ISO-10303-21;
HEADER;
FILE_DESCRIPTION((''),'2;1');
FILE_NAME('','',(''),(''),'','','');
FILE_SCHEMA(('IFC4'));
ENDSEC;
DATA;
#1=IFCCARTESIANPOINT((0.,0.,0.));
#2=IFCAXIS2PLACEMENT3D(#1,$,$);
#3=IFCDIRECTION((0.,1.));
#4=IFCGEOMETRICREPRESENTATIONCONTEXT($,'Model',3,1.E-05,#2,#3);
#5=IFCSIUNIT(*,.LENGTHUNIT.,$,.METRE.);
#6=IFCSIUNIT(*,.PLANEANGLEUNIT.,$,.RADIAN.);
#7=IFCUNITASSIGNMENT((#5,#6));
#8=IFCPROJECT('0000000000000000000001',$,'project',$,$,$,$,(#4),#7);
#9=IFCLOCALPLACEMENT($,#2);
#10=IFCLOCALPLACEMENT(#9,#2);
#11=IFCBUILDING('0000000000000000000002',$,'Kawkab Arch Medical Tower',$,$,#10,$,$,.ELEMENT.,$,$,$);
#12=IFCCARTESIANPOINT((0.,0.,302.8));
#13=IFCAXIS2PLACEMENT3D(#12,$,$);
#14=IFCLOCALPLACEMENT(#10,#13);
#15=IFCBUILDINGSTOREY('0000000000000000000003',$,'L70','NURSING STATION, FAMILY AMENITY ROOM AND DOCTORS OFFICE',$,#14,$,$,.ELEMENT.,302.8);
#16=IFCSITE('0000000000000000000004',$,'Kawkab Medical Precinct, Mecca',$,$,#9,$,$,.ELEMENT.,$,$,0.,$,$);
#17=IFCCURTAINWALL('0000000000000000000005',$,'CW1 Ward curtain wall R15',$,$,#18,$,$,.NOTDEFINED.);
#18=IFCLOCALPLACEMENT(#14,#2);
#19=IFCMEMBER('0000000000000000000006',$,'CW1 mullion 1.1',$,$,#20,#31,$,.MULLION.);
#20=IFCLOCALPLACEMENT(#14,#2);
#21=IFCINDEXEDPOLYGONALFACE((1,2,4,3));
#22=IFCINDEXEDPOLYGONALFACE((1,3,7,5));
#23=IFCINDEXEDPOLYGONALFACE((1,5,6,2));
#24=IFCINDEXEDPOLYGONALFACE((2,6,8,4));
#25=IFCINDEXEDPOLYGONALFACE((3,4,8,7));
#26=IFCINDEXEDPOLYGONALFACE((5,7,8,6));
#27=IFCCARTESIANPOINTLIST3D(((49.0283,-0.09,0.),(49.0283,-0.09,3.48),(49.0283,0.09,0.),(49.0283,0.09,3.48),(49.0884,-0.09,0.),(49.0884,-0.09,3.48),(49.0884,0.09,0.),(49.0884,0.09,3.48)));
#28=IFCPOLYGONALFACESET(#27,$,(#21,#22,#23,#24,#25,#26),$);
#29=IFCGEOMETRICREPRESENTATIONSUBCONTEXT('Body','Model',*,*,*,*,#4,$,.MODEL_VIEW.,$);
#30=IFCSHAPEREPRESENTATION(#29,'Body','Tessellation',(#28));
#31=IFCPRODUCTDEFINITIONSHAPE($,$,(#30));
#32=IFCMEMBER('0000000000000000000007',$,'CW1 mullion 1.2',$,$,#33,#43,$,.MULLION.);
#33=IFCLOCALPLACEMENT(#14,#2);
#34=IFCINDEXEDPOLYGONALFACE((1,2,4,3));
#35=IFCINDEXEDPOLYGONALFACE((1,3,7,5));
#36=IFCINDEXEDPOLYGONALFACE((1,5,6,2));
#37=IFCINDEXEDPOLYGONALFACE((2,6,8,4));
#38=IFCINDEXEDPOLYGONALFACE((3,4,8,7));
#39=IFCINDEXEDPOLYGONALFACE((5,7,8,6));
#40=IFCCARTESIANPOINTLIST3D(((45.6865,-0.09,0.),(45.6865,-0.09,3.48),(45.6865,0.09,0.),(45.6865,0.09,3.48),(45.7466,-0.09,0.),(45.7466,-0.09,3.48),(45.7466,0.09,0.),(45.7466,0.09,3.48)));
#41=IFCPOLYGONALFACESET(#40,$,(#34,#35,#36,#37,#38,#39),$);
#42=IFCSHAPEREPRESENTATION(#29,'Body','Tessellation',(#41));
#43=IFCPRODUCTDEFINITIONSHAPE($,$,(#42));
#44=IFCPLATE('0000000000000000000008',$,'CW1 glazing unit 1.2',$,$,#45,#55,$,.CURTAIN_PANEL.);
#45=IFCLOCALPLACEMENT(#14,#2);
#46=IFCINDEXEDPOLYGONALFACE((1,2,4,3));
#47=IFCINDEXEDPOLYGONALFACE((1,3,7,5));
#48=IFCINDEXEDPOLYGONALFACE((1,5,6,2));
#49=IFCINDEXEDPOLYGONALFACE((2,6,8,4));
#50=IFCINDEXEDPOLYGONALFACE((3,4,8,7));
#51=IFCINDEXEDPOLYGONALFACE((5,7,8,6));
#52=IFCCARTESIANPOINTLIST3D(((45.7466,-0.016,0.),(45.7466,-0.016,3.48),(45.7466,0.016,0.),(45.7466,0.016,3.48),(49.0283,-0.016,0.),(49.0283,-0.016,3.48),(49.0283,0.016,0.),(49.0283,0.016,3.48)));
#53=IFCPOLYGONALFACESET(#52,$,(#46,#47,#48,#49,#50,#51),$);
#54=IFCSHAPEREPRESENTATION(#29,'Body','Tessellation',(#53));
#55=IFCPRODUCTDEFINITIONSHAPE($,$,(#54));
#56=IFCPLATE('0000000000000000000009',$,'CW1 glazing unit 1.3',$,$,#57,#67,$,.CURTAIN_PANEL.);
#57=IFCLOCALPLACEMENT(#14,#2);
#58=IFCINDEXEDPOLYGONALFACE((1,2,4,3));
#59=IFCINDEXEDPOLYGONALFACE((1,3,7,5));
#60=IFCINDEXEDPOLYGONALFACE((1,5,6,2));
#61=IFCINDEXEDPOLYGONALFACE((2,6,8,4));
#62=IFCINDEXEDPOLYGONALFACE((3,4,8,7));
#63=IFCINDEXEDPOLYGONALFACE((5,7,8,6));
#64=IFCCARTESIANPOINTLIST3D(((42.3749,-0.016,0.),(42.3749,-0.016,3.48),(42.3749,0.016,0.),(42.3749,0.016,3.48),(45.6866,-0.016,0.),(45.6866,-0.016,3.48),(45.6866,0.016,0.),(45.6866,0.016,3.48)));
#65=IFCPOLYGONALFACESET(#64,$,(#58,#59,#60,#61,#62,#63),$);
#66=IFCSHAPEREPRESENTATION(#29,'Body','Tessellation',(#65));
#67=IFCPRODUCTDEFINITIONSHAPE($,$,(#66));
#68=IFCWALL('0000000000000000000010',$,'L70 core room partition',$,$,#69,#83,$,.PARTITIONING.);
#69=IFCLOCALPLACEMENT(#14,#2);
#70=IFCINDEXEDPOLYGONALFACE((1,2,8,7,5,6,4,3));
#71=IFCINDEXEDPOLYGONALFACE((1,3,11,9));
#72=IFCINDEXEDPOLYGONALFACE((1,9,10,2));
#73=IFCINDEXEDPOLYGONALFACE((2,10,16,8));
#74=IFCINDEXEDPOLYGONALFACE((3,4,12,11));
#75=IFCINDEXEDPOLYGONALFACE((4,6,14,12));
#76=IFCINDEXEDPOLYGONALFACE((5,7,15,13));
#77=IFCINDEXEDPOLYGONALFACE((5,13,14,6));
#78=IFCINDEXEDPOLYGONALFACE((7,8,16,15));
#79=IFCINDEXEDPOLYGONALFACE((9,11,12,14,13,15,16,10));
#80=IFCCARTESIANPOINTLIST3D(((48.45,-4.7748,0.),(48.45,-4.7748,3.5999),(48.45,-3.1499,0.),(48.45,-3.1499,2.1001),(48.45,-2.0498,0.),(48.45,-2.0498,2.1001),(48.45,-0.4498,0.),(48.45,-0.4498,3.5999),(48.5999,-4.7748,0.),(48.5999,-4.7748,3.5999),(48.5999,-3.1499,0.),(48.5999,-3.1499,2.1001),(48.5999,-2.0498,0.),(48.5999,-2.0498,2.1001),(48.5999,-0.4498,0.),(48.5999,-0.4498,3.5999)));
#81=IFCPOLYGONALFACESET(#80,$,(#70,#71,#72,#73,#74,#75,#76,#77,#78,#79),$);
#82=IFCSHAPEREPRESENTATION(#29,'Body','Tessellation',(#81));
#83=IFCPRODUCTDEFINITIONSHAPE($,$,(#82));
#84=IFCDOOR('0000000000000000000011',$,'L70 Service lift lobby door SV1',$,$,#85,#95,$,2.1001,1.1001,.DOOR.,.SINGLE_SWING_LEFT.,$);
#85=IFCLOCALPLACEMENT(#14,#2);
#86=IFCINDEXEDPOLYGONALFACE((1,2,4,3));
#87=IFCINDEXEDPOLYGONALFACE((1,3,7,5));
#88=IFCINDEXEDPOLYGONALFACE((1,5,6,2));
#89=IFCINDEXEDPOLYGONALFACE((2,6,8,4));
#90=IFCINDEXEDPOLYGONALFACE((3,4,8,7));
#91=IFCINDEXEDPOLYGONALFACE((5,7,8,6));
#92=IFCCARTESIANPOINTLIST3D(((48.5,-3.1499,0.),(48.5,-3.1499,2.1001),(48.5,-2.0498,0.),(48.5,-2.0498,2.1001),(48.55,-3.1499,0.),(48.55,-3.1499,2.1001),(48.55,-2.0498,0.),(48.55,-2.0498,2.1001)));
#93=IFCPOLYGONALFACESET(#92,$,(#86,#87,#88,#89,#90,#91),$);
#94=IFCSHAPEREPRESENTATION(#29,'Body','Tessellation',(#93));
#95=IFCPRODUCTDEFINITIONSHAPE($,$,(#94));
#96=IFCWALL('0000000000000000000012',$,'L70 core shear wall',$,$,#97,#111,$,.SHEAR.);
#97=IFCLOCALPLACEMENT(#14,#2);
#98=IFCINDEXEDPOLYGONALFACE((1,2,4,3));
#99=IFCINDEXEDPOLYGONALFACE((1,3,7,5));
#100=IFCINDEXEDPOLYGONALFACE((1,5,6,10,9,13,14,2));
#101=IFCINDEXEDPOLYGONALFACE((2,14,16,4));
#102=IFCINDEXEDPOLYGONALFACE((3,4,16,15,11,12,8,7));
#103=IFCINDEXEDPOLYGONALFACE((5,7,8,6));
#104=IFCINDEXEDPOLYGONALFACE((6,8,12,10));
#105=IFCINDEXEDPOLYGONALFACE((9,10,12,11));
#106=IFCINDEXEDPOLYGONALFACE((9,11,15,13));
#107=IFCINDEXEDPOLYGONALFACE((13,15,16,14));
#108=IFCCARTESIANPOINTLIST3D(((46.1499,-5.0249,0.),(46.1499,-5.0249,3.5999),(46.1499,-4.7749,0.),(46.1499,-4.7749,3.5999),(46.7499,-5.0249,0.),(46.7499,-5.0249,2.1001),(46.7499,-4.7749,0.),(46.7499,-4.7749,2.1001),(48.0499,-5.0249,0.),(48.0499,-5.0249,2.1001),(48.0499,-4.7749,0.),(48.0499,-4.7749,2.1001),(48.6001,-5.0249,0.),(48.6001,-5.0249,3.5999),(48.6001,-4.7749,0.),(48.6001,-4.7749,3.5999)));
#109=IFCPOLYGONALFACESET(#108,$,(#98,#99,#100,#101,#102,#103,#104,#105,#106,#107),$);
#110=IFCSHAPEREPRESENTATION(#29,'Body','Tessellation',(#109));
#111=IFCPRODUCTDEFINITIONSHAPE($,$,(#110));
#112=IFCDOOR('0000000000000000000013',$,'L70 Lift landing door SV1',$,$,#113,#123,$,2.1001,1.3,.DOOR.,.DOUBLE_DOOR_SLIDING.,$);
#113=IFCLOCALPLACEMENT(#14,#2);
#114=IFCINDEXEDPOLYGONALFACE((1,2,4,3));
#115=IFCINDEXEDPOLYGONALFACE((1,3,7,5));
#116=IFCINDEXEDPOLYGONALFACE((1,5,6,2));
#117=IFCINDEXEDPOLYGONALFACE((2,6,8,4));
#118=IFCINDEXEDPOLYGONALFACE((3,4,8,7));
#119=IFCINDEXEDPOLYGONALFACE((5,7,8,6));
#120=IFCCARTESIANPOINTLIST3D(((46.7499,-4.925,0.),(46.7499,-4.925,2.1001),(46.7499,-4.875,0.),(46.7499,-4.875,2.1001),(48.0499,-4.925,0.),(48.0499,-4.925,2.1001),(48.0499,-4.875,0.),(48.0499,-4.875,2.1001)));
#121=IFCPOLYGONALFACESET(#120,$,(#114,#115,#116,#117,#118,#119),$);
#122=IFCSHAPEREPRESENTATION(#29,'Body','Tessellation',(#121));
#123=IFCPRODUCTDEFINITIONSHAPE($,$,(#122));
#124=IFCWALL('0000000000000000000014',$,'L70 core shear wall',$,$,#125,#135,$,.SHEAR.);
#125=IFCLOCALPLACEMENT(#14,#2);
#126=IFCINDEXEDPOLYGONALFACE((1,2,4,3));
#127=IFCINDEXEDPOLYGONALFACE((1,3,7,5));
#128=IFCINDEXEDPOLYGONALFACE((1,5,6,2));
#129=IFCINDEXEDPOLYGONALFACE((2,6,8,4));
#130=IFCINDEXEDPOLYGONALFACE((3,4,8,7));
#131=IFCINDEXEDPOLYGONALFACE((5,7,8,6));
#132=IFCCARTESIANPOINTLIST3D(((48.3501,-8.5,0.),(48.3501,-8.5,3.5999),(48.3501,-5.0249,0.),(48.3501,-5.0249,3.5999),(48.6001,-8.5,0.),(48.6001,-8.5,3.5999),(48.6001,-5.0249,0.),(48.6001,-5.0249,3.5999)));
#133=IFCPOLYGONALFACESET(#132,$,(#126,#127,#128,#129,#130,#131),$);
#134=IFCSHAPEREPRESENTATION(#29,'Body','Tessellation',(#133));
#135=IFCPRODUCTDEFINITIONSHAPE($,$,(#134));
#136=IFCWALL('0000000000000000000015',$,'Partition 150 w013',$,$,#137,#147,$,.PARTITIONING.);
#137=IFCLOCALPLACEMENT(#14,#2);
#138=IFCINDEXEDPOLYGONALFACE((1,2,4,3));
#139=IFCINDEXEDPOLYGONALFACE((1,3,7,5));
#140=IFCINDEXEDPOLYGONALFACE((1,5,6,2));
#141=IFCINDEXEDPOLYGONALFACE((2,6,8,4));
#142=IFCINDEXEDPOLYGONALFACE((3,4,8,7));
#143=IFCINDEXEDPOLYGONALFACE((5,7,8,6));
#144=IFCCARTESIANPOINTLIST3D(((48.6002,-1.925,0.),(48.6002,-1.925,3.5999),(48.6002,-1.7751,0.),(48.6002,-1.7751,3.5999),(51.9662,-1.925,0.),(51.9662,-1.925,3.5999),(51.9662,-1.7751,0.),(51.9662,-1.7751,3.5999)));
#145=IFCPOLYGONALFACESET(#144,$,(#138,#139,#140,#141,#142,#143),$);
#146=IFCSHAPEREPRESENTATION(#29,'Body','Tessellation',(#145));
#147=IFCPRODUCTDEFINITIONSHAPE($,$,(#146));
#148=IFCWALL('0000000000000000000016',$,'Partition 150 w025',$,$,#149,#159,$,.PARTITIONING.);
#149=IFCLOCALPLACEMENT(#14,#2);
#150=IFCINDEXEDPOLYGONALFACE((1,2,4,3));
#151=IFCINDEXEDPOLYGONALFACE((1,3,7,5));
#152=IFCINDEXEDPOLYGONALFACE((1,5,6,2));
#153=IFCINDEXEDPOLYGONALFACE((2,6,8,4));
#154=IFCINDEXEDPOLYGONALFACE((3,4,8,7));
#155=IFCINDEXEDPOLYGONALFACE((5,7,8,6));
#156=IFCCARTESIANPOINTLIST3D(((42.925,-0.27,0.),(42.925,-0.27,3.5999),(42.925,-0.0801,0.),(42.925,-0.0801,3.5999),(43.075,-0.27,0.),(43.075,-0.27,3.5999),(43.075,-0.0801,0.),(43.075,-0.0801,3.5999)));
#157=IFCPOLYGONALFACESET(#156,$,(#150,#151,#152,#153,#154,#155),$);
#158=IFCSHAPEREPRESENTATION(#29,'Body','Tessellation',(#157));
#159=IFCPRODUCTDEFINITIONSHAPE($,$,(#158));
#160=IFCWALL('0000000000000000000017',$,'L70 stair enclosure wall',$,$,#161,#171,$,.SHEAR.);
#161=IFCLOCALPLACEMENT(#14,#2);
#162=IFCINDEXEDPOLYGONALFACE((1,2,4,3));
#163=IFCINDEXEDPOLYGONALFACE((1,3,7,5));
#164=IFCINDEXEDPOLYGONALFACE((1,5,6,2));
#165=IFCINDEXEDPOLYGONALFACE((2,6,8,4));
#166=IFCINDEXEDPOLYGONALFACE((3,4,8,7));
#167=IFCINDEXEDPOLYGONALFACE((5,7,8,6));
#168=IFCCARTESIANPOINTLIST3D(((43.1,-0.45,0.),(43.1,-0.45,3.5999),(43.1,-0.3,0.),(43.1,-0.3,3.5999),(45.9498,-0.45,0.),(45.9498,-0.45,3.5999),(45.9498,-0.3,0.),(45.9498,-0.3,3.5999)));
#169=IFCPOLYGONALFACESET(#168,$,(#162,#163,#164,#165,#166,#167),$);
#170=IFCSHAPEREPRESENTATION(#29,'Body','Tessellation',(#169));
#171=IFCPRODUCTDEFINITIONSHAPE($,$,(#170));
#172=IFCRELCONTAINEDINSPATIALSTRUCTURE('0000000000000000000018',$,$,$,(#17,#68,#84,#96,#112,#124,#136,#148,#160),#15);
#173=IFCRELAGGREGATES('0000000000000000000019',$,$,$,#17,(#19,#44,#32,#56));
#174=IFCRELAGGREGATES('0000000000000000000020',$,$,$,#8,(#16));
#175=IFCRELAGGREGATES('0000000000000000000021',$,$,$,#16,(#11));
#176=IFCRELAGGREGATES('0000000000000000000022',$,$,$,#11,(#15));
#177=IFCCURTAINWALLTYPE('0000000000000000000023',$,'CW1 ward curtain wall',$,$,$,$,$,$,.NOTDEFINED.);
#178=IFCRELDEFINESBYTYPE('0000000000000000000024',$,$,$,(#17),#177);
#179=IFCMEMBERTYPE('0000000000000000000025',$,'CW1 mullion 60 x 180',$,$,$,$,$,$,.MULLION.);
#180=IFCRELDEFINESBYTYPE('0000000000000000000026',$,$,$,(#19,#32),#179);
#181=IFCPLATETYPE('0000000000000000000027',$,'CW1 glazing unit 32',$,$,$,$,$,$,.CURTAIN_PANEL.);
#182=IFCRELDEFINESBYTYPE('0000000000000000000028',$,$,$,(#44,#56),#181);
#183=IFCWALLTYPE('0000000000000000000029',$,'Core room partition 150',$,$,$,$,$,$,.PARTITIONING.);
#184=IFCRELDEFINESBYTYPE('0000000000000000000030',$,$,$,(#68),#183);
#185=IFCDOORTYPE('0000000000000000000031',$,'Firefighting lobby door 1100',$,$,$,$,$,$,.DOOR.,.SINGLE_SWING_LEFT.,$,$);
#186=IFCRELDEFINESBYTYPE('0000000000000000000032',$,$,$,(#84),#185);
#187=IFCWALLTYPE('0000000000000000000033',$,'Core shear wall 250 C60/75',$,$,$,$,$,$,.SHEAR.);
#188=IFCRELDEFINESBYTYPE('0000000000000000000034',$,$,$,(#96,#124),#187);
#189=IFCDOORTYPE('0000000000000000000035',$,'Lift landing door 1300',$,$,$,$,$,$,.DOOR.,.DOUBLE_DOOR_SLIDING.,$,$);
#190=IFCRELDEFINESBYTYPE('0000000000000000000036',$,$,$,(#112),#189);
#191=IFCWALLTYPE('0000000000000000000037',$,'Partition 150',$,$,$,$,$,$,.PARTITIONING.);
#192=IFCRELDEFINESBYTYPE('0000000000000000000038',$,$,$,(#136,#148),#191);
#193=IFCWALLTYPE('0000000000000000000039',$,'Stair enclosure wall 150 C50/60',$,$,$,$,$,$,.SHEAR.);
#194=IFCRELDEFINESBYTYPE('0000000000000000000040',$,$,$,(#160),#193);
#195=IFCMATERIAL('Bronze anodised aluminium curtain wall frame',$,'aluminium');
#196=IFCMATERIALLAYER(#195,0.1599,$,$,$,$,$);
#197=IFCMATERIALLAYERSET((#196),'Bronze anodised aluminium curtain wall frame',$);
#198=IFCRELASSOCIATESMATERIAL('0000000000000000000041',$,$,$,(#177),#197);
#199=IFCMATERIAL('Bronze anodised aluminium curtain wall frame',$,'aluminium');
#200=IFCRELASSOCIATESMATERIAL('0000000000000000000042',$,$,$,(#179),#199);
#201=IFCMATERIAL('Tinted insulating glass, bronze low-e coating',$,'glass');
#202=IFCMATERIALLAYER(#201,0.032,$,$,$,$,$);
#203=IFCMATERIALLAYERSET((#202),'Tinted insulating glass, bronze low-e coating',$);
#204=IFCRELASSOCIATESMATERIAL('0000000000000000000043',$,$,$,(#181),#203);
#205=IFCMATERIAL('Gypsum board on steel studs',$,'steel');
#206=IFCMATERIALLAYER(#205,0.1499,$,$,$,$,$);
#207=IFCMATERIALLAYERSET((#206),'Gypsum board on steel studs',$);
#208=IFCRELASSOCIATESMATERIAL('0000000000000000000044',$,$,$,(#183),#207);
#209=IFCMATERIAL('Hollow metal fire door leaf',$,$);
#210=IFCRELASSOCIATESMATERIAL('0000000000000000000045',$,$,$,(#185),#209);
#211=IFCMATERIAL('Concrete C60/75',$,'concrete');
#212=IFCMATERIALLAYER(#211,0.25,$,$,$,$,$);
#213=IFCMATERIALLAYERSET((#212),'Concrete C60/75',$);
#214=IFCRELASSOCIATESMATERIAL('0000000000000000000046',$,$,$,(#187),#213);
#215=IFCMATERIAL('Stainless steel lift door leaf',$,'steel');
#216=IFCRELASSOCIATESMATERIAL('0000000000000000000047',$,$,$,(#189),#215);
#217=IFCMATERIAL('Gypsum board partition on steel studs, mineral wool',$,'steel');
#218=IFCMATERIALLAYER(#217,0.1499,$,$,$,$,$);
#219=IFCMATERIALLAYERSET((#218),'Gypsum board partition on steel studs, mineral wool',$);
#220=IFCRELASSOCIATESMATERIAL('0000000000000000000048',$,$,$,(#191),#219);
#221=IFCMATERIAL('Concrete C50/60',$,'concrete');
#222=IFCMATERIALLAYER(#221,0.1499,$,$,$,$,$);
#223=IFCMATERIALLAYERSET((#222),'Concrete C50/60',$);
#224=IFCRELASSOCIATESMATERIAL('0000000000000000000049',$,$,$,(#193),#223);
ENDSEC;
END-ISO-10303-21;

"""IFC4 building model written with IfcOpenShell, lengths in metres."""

from ifc_helpers import new_model, si_unit, direction, frame, frame_2d, origin, origin_2d, place, context, subcontext, project, spatial, rectangle, extrude, material, layer, layer_set, material_profile, profile_set, type_object, element, fill, aggregate, save


model = new_model("IFC4")

# Units and contexts
model_context = context("Model", 3, precision=1e-05, world=origin(), true_north=direction((0.0, 1.0)))
body_context = subcontext(model_context, "Body", "Model", "MODEL_VIEW")
ifc_project = project(units=[si_unit("LENGTHUNIT", "METRE"), si_unit("PLANEANGLEUNIT", "RADIAN")], contexts=[model_context])

# Site, building, storey
site_placement = place(None, origin())
site = spatial("IfcSite", under=ifc_project, at=site_placement, Name="Kawkab Medical Precinct, Mecca", CompositionType="ELEMENT", RefElevation=0.0)
building_placement = place(site_placement, origin())
building = spatial("IfcBuilding", under=site, at=building_placement, Name="Kawkab Arch Medical Tower", CompositionType="ELEMENT")
storey_placement = place(building_placement, frame((0.0, 0.0, 302.8)))
storey = spatial("IfcBuildingStorey", under=building, at=storey_placement, Name="L70", Description="NURSING STATION, FAMILY AMENITY ROOM AND DOCTORS OFFICE", CompositionType="ELEMENT", Elevation=302.8)

# Curtain wall, members, plates
ifc_material_1 = material(Name="Bronze anodised aluminium curtain wall frame", Category="aluminium")
ifc_layer_1 = layer(ifc_material_1, 0.1599)
ifc_layer_set_1 = layer_set([ifc_layer_1], Name="Bronze anodised aluminium curtain wall frame")
curtain_wall_type = type_object("IfcCurtainWallType", Name="CW1 ward curtain wall", PredefinedType="NOTDEFINED", material=ifc_layer_set_1)
placement = place(storey_placement, origin())
curtain_wall = element("IfcCurtainWall", 1, at=placement, inside=storey, type_object=curtain_wall_type, Name="CW1 Ward curtain wall R15", PredefinedType="NOTDEFINED")
ifc_material_2 = material(Name="Bronze anodised aluminium curtain wall frame", Category="aluminium")
ifc_material_profile_1 = material_profile(ifc_material_2, rectangle(XDim=0.1799, YDim=0.0601, at=origin_2d()), Name="AL 60x180")
ifc_profile_set_1 = profile_set([ifc_material_profile_1], Name="Bronze anodised aluminium curtain wall frame")
member_type = type_object("IfcMemberType", Name="CW1 mullion 60 x 180", PredefinedType="MULLION", material=ifc_profile_set_1)
member_1_placement = place(storey_placement, frame((49.0583, 0.0, 0.0), z_axis=(0.0, 0.0, 1.0), x_axis=(0.0, -1.0, 0.0)))
member_1 = element("IfcMember", 2, at=member_1_placement, type_object=member_type, Name="CW1 mullion 1.1", PredefinedType="MULLION", context=body_context, shape_type="SweptSolid", body=[
    extrude(rectangle(XDim=0.1799, YDim=0.0601, at=origin_2d()), origin(), (0.0, 0.0, 1.0), 3.48),
])
member_2_placement = place(storey_placement, frame((45.7166, 0.0, 0.0), z_axis=(0.0, 0.0, 1.0), x_axis=(0.0, -1.0, 0.0)))
member_2 = element("IfcMember", 3, at=member_2_placement, type_object=member_type, Name="CW1 mullion 1.2", PredefinedType="MULLION", context=body_context, shape_type="SweptSolid", body=[
    extrude(rectangle(XDim=0.1799, YDim=0.0601, at=origin_2d()), origin(), (0.0, 0.0, 1.0), 3.48),
])
ifc_material_3 = material(Name="Tinted insulating glass, bronze low-e coating", Category="glass")
ifc_layer_2 = layer(ifc_material_3, 0.032)
ifc_layer_set_2 = layer_set([ifc_layer_2], Name="Tinted insulating glass, bronze low-e coating")
plate_type = type_object("IfcPlateType", Name="CW1 glazing unit 32", PredefinedType="CURTAIN_PANEL", material=ifc_layer_set_2)
plate_1_placement = place(storey_placement, frame((47.3875, 0.0, 0.0), z_axis=(0.0, 0.0, 1.0), x_axis=(-1.0, 0.0, 0.0)))
plate_1 = element("IfcPlate", 4, at=plate_1_placement, type_object=plate_type, Name="CW1 glazing unit 1.2", PredefinedType="CURTAIN_PANEL", context=body_context, shape_type="SweptSolid", body=[
    extrude(rectangle(XDim=3.2817, YDim=0.032, at=origin_2d()), origin(), (0.0, 0.0, 1.0), 3.48),
])
plate_2_placement = place(storey_placement, frame((44.0308, 0.0, 0.0), z_axis=(0.0, 0.0, 1.0), x_axis=(-1.0, 0.0, 0.0)))
plate_2 = element("IfcPlate", 5, at=plate_2_placement, type_object=plate_type, Name="CW1 glazing unit 1.3", PredefinedType="CURTAIN_PANEL", context=body_context, shape_type="SweptSolid", body=[
    extrude(rectangle(XDim=3.3118, YDim=0.032, at=origin_2d()), origin(), (0.0, 0.0, 1.0), 3.48),
])
aggregate(curtain_wall, [member_1, plate_1, member_2, plate_2])

# Walls, openings, doors
ifc_material_4 = material(Name="Gypsum board on steel studs", Category="steel")
ifc_layer_3 = layer(ifc_material_4, 0.1499)
ifc_layer_set_3 = layer_set([ifc_layer_3], Name="Gypsum board on steel studs")
wall_type_1 = type_object("IfcWallType", Name="Core room partition 150", PredefinedType="PARTITIONING", material=ifc_layer_set_3)
wall_1_placement = place(storey_placement, frame((48.5249, -4.7749, 0.0), z_axis=(0.0, 0.0, 1.0), x_axis=(0.0, 1.0, 0.0)))
wall_1 = element("IfcWall", 6, at=wall_1_placement, inside=storey, type_object=wall_type_1, Name="L70 core room partition", PredefinedType="PARTITIONING", context=body_context, shape_type="SweptSolid", body=[
    extrude(rectangle(XDim=4.325, YDim=0.1499, at=frame_2d((2.1626, 0.0))), origin(), (0.0, 0.0, 1.0), 3.5999),
])
opening_1_placement = place(wall_1_placement, frame((1.625, 0.0, 0.0)))
opening_1 = element("IfcOpeningElement", 7, at=opening_1_placement, cuts=wall_1, PredefinedType="OPENING", context=body_context, shape_type="SweptSolid", body=[
    extrude(rectangle(XDim=1.1001, YDim=2.1001, at=frame_2d((0.55, 1.05))), frame((0.0, 0.085, 0.0), z_axis=(0.0, -1.0, 0.0), x_axis=(1.0, 0.0, 0.0)), (0.0, 0.0, 1.0), 0.1699),
])
ifc_material_5 = material(Name="Hollow metal fire door leaf")
door_type_1 = type_object("IfcDoorType", Name="Firefighting lobby door 1100", OperationType="SINGLE_SWING_LEFT", PredefinedType="DOOR", material=ifc_material_5)
door_1_placement = place(opening_1_placement, origin())
door_1 = element("IfcDoor", 8, at=door_1_placement, inside=storey, type_object=door_type_1, Name="L70 Service lift lobby door SV1", OperationType="SINGLE_SWING_LEFT", OverallHeight=2.1001, OverallWidth=1.1001, PredefinedType="DOOR", context=body_context, shape_type="SweptSolid", body=[
    extrude(rectangle(XDim=1.1001, YDim=2.1001, at=frame_2d((0.55, 1.05))), frame((0.0, 0.0249, 0.0), z_axis=(0.0, -1.0, 0.0), x_axis=(1.0, 0.0, 0.0)), (0.0, 0.0, 1.0), 0.05),
])
fill(opening_1, door_1)
ifc_material_6 = material(Name="Concrete C60/75", Category="concrete")
ifc_layer_4 = layer(ifc_material_6, 0.25)
ifc_layer_set_4 = layer_set([ifc_layer_4], Name="Concrete C60/75")
wall_type_2 = type_object("IfcWallType", Name="Core shear wall 250 C60/75", PredefinedType="SHEAR", material=ifc_layer_set_4)
wall_2_placement = place(storey_placement, frame((46.1499, -4.8999, 0.0), z_axis=(0.0, 0.0, 1.0), x_axis=(1.0, 0.0, 0.0)))
wall_2 = element("IfcWall", 9, at=wall_2_placement, inside=storey, type_object=wall_type_2, Name="L70 core shear wall", PredefinedType="SHEAR", context=body_context, shape_type="SweptSolid", body=[
    extrude(rectangle(XDim=2.4502, YDim=0.25, at=frame_2d((1.2251, 0.0))), origin(), (0.0, 0.0, 1.0), 3.5999),
])
opening_2_placement = place(wall_2_placement, frame((0.6001, 0.0, 0.0)))
opening_2 = element("IfcOpeningElement", 10, at=opening_2_placement, cuts=wall_2, PredefinedType="OPENING", context=body_context, shape_type="SweptSolid", body=[
    extrude(rectangle(XDim=1.3, YDim=2.1001, at=frame_2d((0.6499, 1.05))), frame((0.0, 0.135, 0.0), z_axis=(0.0, -1.0, 0.0), x_axis=(1.0, 0.0, 0.0)), (0.0, 0.0, 1.0), 0.27),
])
ifc_material_7 = material(Name="Stainless steel lift door leaf", Category="steel")
door_type_2 = type_object("IfcDoorType", Name="Lift landing door 1300", OperationType="DOUBLE_DOOR_SLIDING", PredefinedType="DOOR", material=ifc_material_7)
door_2_placement = place(opening_2_placement, origin())
door_2 = element("IfcDoor", 11, at=door_2_placement, inside=storey, type_object=door_type_2, Name="L70 Lift landing door SV1", OperationType="DOUBLE_DOOR_SLIDING", OverallHeight=2.1001, OverallWidth=1.3, PredefinedType="DOOR", context=body_context, shape_type="SweptSolid", body=[
    extrude(rectangle(XDim=1.3, YDim=2.1001, at=frame_2d((0.6499, 1.05))), frame((0.0, 0.0249, 0.0), z_axis=(0.0, -1.0, 0.0), x_axis=(1.0, 0.0, 0.0)), (0.0, 0.0, 1.0), 0.05),
])
fill(opening_2, door_2)

# Walls
wall_3_placement = place(storey_placement, frame((48.4751, -8.5, 0.0), z_axis=(0.0, 0.0, 1.0), x_axis=(0.0, 1.0, 0.0)))
element("IfcWall", 12, at=wall_3_placement, inside=storey, type_object=wall_type_2, Name="L70 core shear wall", PredefinedType="SHEAR", context=body_context, shape_type="SweptSolid", body=[
    extrude(rectangle(XDim=3.4751, YDim=0.25, at=frame_2d((1.7375, 0.0))), origin(), (0.0, 0.0, 1.0), 3.5999),
])
ifc_material_8 = material(Name="Gypsum board partition on steel studs, mineral wool", Category="steel")
ifc_layer_5 = layer(ifc_material_8, 0.1499)
ifc_layer_set_5 = layer_set([ifc_layer_5], Name="Gypsum board partition on steel studs, mineral wool")
wall_type_3 = type_object("IfcWallType", Name="Partition 150", PredefinedType="PARTITIONING", material=ifc_layer_set_5)
wall_4_placement = place(storey_placement, frame((48.6001, -1.8501, 0.0), z_axis=(0.0, 0.0, 1.0), x_axis=(1.0, 0.0, 0.0)))
element("IfcWall", 13, at=wall_4_placement, inside=storey, type_object=wall_type_3, Name="Partition 150 w013", PredefinedType="PARTITIONING", context=body_context, shape_type="SweptSolid", body=[
    extrude(rectangle(XDim=3.366, YDim=0.1499, at=frame_2d((1.6831, 0.0))), origin(), (0.0, 0.0, 1.0), 3.5999),
])
wall_5_placement = place(storey_placement, frame((43.0, -0.27, 0.0), z_axis=(0.0, 0.0, 1.0), x_axis=(0.0, 1.0, 0.0)))
element("IfcWall", 14, at=wall_5_placement, inside=storey, type_object=wall_type_3, Name="Partition 150 w025", PredefinedType="PARTITIONING", context=body_context, shape_type="SweptSolid", body=[
    extrude(rectangle(XDim=0.1899, YDim=0.1499, at=frame_2d((0.095, 0.0))), origin(), (0.0, 0.0, 1.0), 3.5999),
])
ifc_material_9 = material(Name="Concrete C50/60", Category="concrete")
ifc_layer_6 = layer(ifc_material_9, 0.1499)
ifc_layer_set_6 = layer_set([ifc_layer_6], Name="Concrete C50/60")
wall_type_4 = type_object("IfcWallType", Name="Stair enclosure wall 150 C50/60", PredefinedType="SHEAR", material=ifc_layer_set_6)
wall_6_placement = place(storey_placement, frame((43.1001, -0.375, 0.0), z_axis=(0.0, 0.0, 1.0), x_axis=(1.0, 0.0, 0.0)))
element("IfcWall", 15, at=wall_6_placement, inside=storey, type_object=wall_type_4, Name="L70 stair enclosure wall", PredefinedType="SHEAR", context=body_context, shape_type="SweptSolid", body=[
    extrude(rectangle(XDim=2.8499, YDim=0.1499, at=frame_2d((1.4248, 0.0))), origin(), (0.0, 0.0, 1.0), 3.5999),
])

save(model, "model.ifc")
